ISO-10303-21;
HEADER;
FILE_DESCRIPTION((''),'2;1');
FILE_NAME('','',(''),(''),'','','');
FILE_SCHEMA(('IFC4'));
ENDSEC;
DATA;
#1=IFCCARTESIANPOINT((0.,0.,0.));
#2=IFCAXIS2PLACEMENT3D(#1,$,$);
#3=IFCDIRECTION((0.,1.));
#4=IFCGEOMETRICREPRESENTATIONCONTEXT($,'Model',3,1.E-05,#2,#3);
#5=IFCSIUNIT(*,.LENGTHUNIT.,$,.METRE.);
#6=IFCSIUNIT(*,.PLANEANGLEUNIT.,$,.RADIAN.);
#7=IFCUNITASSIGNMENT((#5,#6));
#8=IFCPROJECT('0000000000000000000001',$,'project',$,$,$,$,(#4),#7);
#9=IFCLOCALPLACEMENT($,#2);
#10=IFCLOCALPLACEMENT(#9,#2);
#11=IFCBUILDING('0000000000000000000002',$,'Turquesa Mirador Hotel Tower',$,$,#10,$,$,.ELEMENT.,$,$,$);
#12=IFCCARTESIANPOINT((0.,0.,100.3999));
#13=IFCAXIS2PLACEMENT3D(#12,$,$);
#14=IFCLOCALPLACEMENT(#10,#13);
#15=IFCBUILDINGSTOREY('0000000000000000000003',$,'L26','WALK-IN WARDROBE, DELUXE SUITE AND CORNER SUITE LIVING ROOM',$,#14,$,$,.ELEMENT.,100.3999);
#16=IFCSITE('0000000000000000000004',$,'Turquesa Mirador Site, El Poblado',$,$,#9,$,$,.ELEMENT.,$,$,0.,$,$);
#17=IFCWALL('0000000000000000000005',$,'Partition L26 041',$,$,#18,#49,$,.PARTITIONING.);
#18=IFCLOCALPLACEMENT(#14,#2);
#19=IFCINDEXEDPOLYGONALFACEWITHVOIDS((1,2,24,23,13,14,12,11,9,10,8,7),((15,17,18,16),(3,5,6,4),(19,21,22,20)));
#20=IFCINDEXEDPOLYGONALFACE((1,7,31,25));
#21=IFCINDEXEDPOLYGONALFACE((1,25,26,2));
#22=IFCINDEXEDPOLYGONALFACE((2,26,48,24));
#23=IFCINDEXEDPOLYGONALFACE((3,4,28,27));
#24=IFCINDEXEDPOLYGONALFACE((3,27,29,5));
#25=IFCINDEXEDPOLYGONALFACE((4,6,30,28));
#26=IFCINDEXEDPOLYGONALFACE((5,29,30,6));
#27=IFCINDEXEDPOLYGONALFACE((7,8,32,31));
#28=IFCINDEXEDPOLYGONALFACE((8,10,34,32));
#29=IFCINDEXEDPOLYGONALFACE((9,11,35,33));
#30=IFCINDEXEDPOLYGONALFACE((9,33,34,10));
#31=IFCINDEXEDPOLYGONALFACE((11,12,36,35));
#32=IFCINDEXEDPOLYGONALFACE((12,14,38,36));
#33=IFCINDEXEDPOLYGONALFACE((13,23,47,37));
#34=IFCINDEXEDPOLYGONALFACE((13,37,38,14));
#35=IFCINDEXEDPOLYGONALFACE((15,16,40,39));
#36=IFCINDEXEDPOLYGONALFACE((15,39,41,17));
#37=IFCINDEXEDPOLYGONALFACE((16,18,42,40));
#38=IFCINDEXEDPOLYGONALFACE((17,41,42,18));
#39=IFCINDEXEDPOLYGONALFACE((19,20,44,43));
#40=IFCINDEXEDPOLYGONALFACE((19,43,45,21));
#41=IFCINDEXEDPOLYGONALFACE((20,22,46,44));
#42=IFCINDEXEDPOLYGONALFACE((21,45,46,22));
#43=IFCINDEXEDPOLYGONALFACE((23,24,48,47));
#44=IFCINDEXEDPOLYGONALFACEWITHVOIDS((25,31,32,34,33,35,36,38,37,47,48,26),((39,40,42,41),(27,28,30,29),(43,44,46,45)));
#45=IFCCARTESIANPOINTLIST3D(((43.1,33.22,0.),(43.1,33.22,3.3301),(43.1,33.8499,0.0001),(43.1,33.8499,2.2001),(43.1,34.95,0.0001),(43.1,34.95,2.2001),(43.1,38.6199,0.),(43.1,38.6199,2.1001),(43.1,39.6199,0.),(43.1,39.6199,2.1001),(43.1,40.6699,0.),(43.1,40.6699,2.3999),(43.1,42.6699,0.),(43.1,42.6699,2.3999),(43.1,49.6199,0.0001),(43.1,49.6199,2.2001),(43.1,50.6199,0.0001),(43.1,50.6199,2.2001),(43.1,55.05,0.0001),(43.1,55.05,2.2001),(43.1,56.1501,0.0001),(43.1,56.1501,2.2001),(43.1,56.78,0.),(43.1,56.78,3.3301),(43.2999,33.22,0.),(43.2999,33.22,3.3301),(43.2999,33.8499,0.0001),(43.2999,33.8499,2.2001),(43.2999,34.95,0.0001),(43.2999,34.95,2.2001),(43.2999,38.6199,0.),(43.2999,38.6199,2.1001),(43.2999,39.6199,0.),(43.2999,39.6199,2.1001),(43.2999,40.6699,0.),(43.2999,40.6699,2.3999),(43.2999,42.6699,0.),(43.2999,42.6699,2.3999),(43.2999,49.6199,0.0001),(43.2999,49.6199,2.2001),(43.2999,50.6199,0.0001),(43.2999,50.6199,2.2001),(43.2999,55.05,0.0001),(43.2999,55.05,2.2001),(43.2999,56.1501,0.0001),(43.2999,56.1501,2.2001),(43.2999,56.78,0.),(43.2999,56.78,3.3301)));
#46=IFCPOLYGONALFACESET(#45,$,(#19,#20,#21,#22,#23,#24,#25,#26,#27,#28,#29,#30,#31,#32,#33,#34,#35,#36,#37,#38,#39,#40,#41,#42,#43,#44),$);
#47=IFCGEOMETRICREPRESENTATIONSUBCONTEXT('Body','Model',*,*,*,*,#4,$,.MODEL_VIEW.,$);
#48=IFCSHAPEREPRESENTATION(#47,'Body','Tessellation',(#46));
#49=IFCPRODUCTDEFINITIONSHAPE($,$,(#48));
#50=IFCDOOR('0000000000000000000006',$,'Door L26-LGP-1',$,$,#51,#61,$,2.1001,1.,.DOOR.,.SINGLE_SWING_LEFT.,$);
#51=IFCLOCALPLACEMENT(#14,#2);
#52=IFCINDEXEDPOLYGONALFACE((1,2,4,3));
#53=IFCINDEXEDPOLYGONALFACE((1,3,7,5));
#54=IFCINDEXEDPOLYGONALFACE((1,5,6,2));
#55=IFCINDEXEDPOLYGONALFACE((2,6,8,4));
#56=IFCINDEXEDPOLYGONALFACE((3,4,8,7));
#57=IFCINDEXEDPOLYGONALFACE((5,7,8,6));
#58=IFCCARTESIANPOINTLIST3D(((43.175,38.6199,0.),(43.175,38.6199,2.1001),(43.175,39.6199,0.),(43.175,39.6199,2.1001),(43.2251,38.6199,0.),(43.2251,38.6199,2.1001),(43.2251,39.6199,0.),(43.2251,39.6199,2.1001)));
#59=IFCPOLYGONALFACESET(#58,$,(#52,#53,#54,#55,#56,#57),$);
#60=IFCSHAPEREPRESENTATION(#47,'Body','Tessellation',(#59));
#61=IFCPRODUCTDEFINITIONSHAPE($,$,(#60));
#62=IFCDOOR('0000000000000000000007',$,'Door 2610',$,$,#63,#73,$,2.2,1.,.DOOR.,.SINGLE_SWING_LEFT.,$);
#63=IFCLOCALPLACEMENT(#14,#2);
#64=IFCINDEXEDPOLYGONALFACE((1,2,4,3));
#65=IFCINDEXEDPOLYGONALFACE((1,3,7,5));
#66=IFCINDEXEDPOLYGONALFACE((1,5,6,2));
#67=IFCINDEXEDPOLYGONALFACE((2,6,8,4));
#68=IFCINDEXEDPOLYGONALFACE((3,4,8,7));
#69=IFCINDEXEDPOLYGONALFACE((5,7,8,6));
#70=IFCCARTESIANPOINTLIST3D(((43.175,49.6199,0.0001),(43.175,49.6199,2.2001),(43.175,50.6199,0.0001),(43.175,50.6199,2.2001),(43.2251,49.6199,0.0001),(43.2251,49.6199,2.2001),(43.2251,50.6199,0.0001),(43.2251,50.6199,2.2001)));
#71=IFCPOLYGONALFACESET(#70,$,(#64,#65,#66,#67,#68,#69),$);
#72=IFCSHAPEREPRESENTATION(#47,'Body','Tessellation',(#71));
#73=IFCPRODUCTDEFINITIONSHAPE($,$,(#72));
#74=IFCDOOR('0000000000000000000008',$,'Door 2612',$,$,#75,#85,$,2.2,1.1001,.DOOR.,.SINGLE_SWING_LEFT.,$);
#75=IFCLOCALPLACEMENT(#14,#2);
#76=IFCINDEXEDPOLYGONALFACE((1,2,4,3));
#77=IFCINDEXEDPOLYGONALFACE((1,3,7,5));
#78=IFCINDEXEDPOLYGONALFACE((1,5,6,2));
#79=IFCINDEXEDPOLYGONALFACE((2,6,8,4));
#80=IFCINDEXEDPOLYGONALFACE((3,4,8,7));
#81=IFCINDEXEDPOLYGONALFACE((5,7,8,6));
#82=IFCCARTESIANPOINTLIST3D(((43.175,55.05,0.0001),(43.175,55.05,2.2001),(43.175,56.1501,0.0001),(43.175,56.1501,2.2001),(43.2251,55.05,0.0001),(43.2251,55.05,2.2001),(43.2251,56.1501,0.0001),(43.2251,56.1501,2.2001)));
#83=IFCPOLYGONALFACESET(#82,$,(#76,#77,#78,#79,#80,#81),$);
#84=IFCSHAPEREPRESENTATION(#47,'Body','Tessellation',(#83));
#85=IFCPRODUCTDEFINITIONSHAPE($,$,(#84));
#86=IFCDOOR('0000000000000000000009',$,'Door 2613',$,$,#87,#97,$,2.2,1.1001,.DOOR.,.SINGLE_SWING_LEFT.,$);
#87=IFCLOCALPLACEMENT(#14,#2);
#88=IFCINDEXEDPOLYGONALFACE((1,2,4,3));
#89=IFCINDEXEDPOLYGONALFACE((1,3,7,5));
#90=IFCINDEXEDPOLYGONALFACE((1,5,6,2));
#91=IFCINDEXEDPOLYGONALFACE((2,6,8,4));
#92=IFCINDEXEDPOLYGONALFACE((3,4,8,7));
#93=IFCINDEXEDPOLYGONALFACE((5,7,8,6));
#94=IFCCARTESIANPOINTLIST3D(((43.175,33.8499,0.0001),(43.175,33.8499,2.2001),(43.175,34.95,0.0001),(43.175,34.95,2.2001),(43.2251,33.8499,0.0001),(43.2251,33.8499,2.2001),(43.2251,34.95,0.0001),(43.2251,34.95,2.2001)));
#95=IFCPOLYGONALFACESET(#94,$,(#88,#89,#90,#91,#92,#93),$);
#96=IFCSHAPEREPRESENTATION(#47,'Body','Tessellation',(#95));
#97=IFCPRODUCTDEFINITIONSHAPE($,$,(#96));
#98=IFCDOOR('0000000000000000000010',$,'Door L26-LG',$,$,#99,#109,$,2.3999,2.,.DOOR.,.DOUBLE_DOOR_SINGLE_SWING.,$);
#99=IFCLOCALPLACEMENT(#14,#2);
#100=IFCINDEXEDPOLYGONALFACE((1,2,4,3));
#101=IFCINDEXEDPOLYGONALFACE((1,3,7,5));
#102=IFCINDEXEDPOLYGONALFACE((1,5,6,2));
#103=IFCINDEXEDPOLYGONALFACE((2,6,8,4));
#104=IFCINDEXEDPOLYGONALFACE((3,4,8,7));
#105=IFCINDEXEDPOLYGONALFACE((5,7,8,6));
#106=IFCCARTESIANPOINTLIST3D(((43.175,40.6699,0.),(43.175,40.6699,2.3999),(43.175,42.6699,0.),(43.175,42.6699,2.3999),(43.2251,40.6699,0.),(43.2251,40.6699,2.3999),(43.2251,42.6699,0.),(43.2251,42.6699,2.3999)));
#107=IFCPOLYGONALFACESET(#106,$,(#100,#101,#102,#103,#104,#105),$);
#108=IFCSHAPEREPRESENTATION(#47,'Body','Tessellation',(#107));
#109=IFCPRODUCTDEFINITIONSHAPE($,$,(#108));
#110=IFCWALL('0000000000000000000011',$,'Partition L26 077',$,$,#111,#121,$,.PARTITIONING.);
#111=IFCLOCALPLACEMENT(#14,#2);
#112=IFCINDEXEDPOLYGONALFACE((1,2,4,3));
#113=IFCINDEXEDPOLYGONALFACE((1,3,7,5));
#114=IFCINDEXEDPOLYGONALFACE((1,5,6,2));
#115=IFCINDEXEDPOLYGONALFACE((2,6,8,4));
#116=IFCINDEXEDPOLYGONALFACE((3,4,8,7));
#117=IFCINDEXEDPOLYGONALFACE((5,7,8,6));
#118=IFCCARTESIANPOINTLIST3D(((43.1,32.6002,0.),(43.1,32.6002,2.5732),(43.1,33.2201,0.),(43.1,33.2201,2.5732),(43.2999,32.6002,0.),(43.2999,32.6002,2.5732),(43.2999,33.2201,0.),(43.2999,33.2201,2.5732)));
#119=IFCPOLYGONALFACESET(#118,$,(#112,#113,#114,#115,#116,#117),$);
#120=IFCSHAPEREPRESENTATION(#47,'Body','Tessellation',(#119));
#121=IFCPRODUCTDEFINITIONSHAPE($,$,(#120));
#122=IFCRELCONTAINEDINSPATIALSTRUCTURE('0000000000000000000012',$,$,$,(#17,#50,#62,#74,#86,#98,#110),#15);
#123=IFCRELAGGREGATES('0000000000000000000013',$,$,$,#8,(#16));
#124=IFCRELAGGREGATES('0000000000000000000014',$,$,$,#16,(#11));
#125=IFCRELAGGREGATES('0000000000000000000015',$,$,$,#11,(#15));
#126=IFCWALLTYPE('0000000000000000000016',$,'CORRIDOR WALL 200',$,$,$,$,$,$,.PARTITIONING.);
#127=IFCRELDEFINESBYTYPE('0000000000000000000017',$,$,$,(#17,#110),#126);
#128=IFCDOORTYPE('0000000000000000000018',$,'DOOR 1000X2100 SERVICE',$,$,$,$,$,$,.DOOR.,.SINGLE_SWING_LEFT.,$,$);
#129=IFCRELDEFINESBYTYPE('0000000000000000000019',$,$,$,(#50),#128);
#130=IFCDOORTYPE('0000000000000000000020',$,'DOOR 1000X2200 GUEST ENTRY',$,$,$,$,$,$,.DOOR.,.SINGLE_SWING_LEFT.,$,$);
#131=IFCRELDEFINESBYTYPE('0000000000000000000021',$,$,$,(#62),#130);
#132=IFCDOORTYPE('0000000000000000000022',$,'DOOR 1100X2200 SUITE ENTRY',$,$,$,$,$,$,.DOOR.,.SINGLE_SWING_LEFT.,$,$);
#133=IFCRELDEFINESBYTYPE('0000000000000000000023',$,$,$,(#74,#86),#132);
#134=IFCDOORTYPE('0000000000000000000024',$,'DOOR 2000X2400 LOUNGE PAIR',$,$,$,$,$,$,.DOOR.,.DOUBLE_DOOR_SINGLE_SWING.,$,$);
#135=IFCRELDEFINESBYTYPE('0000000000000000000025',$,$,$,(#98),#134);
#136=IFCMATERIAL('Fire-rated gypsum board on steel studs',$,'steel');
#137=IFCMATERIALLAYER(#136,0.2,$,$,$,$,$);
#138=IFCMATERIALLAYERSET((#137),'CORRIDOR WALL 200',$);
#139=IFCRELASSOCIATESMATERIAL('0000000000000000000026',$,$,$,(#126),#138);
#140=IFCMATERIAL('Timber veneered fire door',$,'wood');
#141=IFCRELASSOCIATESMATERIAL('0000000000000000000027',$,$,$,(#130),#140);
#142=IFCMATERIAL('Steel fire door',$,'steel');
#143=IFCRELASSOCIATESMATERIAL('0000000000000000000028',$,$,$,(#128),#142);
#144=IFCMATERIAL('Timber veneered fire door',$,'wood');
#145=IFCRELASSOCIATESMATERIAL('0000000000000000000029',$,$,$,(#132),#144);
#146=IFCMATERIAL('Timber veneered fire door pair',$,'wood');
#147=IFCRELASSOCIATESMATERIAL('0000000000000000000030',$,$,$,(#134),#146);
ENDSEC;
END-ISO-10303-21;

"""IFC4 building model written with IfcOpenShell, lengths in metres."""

from ifc_helpers import new_model, si_unit, direction, frame, frame_2d, origin, place, context, subcontext, project, spatial, rectangle, extrude, material, layer, layer_set, type_object, element, fill, save


model = new_model("IFC4")

# Units and contexts
model_context = context("Model", 3, precision=1e-05, world=origin(), true_north=direction((0.0, 1.0)))
body_context = subcontext(model_context, "Body", "Model", "MODEL_VIEW")
ifc_project = project(units=[si_unit("LENGTHUNIT", "METRE"), si_unit("PLANEANGLEUNIT", "RADIAN")], contexts=[model_context])

# Site, building, storey
site_placement = place(None, origin())
site = spatial("IfcSite", under=ifc_project, at=site_placement, Name="Turquesa Mirador Site, El Poblado", CompositionType="ELEMENT", RefElevation=0.0)
building_placement = place(site_placement, origin())
building = spatial("IfcBuilding", under=site, at=building_placement, Name="Turquesa Mirador Hotel Tower", CompositionType="ELEMENT")
storey_placement = place(building_placement, frame((0.0, 0.0, 100.3999)))
storey = spatial("IfcBuildingStorey", under=building, at=storey_placement, Name="L26", Description="WALK-IN WARDROBE, DELUXE SUITE AND CORNER SUITE LIVING ROOM", CompositionType="ELEMENT", Elevation=100.3999)

# Wall, openings, doors
ifc_material_1 = material(Name="Fire-rated gypsum board on steel studs", Category="steel")
ifc_layer_1 = layer(ifc_material_1, 0.2)
ifc_layer_set_1 = layer_set([ifc_layer_1], Name="CORRIDOR WALL 200")
wall_type_1 = type_object("IfcWallType", Name="CORRIDOR WALL 200", PredefinedType="PARTITIONING", material=ifc_layer_set_1)
ifc_material_2 = material(Name="Timber veneered fire door", Category="wood")
door_type_1 = type_object("IfcDoorType", Name="DOOR 1000X2200 GUEST ENTRY", OperationType="SINGLE_SWING_LEFT", PredefinedType="DOOR", material=ifc_material_2)
wall_1_placement = place(storey_placement, frame((43.2, 33.22, 0.0), z_axis=(0.0, 0.0, 1.0), x_axis=(0.0, 1.0, 0.0)))
wall_1 = element("IfcWall", 1, at=wall_1_placement, inside=storey, type_object=wall_type_1, Name="Partition L26 041", PredefinedType="PARTITIONING", context=body_context, shape_type="SweptSolid", body=[
    extrude(rectangle(XDim=23.5601, YDim=0.2, at=frame_2d((11.78, 0.0))), origin(), (0.0, 0.0, 1.0), 3.3301),
])
opening_1_placement = place(wall_1_placement, frame((16.3999, 0.0, 0.0)))
opening_1 = element("IfcOpeningElement", 2, at=opening_1_placement, cuts=wall_1, PredefinedType="OPENING", context=body_context, shape_type="SweptSolid", body=[
    extrude(rectangle(XDim=1.0, YDim=2.2, at=frame_2d((0.5, 1.1001))), frame((0.0, 0.1099, 0.0), z_axis=(0.0, -1.0, 0.0), x_axis=(1.0, 0.0, 0.0)), (0.0, 0.0, 1.0), 0.22),
])
opening_2_placement = place(wall_1_placement, frame((21.8301, 0.0, 0.0)))
opening_2 = element("IfcOpeningElement", 3, at=opening_2_placement, cuts=wall_1, PredefinedType="OPENING", context=body_context, shape_type="SweptSolid", body=[
    extrude(rectangle(XDim=1.1001, YDim=2.2, at=frame_2d((0.55, 1.1001))), frame((0.0, 0.1099, 0.0), z_axis=(0.0, -1.0, 0.0), x_axis=(1.0, 0.0, 0.0)), (0.0, 0.0, 1.0), 0.22),
])
opening_3_placement = place(wall_1_placement, frame((0.6299, 0.0, 0.0)))
opening_3 = element("IfcOpeningElement", 4, at=opening_3_placement, cuts=wall_1, PredefinedType="OPENING", context=body_context, shape_type="SweptSolid", body=[
    extrude(rectangle(XDim=1.1001, YDim=2.2, at=frame_2d((0.55, 1.1001))), frame((0.0, 0.1099, 0.0), z_axis=(0.0, -1.0, 0.0), x_axis=(1.0, 0.0, 0.0)), (0.0, 0.0, 1.0), 0.22),
])
opening_4_placement = place(wall_1_placement, frame((7.45, 0.0, 0.0)))
opening_4 = element("IfcOpeningElement", 5, at=opening_4_placement, cuts=wall_1, PredefinedType="OPENING", context=body_context, shape_type="SweptSolid", body=[
    extrude(rectangle(XDim=2.0, YDim=2.3999, at=frame_2d((1.0, 1.2))), frame((0.0, 0.1099, 0.0), z_axis=(0.0, -1.0, 0.0), x_axis=(1.0, 0.0, 0.0)), (0.0, 0.0, 1.0), 0.22),
])
opening_5_placement = place(wall_1_placement, frame((5.3999, 0.0, 0.0)))
opening_5 = element("IfcOpeningElement", 6, at=opening_5_placement, cuts=wall_1, PredefinedType="OPENING", context=body_context, shape_type="SweptSolid", body=[
    extrude(rectangle(XDim=1.0, YDim=2.1001, at=frame_2d((0.5, 1.05))), frame((0.0, 0.1099, 0.0), z_axis=(0.0, -1.0, 0.0), x_axis=(1.0, 0.0, 0.0)), (0.0, 0.0, 1.0), 0.22),
])
ifc_material_3 = material(Name="Steel fire door", Category="steel")
door_type_2 = type_object("IfcDoorType", Name="DOOR 1000X2100 SERVICE", OperationType="SINGLE_SWING_LEFT", PredefinedType="DOOR", material=ifc_material_3)
door_1_placement = place(opening_5_placement, origin())
door_1 = element("IfcDoor", 7, at=door_1_placement, inside=storey, type_object=door_type_2, Name="Door L26-LGP-1", OperationType="SINGLE_SWING_LEFT", OverallHeight=2.1001, OverallWidth=1.0, PredefinedType="DOOR", context=body_context, shape_type="SweptSolid", body=[
    extrude(rectangle(XDim=1.0, YDim=2.1001, at=frame_2d((0.5, 1.05))), frame((0.0, 0.0249, 0.0), z_axis=(0.0, -1.0, 0.0), x_axis=(1.0, 0.0, 0.0)), (0.0, 0.0, 1.0), 0.05),
])
fill(opening_5, door_1)
door_2_placement = place(opening_1_placement, origin())
door_2 = element("IfcDoor", 8, at=door_2_placement, inside=storey, type_object=door_type_1, Name="Door 2610", OperationType="SINGLE_SWING_LEFT", OverallHeight=2.2, OverallWidth=1.0, PredefinedType="DOOR", context=body_context, shape_type="SweptSolid", body=[
    extrude(rectangle(XDim=1.0, YDim=2.2, at=frame_2d((0.5, 1.1001))), frame((0.0, 0.0249, 0.0), z_axis=(0.0, -1.0, 0.0), x_axis=(1.0, 0.0, 0.0)), (0.0, 0.0, 1.0), 0.05),
])
fill(opening_1, door_2)
ifc_material_4 = material(Name="Timber veneered fire door", Category="wood")
door_type_3 = type_object("IfcDoorType", Name="DOOR 1100X2200 SUITE ENTRY", OperationType="SINGLE_SWING_LEFT", PredefinedType="DOOR", material=ifc_material_4)
door_3_placement = place(opening_2_placement, origin())
door_3 = element("IfcDoor", 9, at=door_3_placement, inside=storey, type_object=door_type_3, Name="Door 2612", OperationType="SINGLE_SWING_LEFT", OverallHeight=2.2, OverallWidth=1.1001, PredefinedType="DOOR", context=body_context, shape_type="SweptSolid", body=[
    extrude(rectangle(XDim=1.1001, YDim=2.2, at=frame_2d((0.55, 1.1001))), frame((0.0, 0.0249, 0.0), z_axis=(0.0, -1.0, 0.0), x_axis=(1.0, 0.0, 0.0)), (0.0, 0.0, 1.0), 0.05),
])
fill(opening_2, door_3)
door_4_placement = place(opening_3_placement, origin())
door_4 = element("IfcDoor", 10, at=door_4_placement, inside=storey, type_object=door_type_3, Name="Door 2613", OperationType="SINGLE_SWING_LEFT", OverallHeight=2.2, OverallWidth=1.1001, PredefinedType="DOOR", context=body_context, shape_type="SweptSolid", body=[
    extrude(rectangle(XDim=1.1001, YDim=2.2, at=frame_2d((0.55, 1.1001))), frame((0.0, 0.0249, 0.0), z_axis=(0.0, -1.0, 0.0), x_axis=(1.0, 0.0, 0.0)), (0.0, 0.0, 1.0), 0.05),
])
fill(opening_3, door_4)
ifc_material_5 = material(Name="Timber veneered fire door pair", Category="wood")
door_type_4 = type_object("IfcDoorType", Name="DOOR 2000X2400 LOUNGE PAIR", OperationType="DOUBLE_DOOR_SINGLE_SWING", PredefinedType="DOOR", material=ifc_material_5)
door_5_placement = place(opening_4_placement, origin())
door_5 = element("IfcDoor", 11, at=door_5_placement, inside=storey, type_object=door_type_4, Name="Door L26-LG", OperationType="DOUBLE_DOOR_SINGLE_SWING", OverallHeight=2.3999, OverallWidth=2.0, PredefinedType="DOOR", context=body_context, shape_type="SweptSolid", body=[
    extrude(rectangle(XDim=2.0, YDim=2.3999, at=frame_2d((1.0, 1.2))), frame((0.0, 0.0249, 0.0), z_axis=(0.0, -1.0, 0.0), x_axis=(1.0, 0.0, 0.0)), (0.0, 0.0, 1.0), 0.05),
])
fill(opening_4, door_5)

# Wall
wall_2_placement = place(storey_placement, frame((43.2, 32.6001, 0.0), z_axis=(0.0, 0.0, 1.0), x_axis=(0.0, 1.0, 0.0)))
element("IfcWall", 12, at=wall_2_placement, inside=storey, type_object=wall_type_1, Name="Partition L26 077", PredefinedType="PARTITIONING", context=body_context, shape_type="SweptSolid", body=[
    extrude(rectangle(XDim=0.6199, YDim=0.2, at=frame_2d((0.3101, 0.0))), origin(), (0.0, 0.0, 1.0), 2.5732),
])

save(model, "model.ifc")
